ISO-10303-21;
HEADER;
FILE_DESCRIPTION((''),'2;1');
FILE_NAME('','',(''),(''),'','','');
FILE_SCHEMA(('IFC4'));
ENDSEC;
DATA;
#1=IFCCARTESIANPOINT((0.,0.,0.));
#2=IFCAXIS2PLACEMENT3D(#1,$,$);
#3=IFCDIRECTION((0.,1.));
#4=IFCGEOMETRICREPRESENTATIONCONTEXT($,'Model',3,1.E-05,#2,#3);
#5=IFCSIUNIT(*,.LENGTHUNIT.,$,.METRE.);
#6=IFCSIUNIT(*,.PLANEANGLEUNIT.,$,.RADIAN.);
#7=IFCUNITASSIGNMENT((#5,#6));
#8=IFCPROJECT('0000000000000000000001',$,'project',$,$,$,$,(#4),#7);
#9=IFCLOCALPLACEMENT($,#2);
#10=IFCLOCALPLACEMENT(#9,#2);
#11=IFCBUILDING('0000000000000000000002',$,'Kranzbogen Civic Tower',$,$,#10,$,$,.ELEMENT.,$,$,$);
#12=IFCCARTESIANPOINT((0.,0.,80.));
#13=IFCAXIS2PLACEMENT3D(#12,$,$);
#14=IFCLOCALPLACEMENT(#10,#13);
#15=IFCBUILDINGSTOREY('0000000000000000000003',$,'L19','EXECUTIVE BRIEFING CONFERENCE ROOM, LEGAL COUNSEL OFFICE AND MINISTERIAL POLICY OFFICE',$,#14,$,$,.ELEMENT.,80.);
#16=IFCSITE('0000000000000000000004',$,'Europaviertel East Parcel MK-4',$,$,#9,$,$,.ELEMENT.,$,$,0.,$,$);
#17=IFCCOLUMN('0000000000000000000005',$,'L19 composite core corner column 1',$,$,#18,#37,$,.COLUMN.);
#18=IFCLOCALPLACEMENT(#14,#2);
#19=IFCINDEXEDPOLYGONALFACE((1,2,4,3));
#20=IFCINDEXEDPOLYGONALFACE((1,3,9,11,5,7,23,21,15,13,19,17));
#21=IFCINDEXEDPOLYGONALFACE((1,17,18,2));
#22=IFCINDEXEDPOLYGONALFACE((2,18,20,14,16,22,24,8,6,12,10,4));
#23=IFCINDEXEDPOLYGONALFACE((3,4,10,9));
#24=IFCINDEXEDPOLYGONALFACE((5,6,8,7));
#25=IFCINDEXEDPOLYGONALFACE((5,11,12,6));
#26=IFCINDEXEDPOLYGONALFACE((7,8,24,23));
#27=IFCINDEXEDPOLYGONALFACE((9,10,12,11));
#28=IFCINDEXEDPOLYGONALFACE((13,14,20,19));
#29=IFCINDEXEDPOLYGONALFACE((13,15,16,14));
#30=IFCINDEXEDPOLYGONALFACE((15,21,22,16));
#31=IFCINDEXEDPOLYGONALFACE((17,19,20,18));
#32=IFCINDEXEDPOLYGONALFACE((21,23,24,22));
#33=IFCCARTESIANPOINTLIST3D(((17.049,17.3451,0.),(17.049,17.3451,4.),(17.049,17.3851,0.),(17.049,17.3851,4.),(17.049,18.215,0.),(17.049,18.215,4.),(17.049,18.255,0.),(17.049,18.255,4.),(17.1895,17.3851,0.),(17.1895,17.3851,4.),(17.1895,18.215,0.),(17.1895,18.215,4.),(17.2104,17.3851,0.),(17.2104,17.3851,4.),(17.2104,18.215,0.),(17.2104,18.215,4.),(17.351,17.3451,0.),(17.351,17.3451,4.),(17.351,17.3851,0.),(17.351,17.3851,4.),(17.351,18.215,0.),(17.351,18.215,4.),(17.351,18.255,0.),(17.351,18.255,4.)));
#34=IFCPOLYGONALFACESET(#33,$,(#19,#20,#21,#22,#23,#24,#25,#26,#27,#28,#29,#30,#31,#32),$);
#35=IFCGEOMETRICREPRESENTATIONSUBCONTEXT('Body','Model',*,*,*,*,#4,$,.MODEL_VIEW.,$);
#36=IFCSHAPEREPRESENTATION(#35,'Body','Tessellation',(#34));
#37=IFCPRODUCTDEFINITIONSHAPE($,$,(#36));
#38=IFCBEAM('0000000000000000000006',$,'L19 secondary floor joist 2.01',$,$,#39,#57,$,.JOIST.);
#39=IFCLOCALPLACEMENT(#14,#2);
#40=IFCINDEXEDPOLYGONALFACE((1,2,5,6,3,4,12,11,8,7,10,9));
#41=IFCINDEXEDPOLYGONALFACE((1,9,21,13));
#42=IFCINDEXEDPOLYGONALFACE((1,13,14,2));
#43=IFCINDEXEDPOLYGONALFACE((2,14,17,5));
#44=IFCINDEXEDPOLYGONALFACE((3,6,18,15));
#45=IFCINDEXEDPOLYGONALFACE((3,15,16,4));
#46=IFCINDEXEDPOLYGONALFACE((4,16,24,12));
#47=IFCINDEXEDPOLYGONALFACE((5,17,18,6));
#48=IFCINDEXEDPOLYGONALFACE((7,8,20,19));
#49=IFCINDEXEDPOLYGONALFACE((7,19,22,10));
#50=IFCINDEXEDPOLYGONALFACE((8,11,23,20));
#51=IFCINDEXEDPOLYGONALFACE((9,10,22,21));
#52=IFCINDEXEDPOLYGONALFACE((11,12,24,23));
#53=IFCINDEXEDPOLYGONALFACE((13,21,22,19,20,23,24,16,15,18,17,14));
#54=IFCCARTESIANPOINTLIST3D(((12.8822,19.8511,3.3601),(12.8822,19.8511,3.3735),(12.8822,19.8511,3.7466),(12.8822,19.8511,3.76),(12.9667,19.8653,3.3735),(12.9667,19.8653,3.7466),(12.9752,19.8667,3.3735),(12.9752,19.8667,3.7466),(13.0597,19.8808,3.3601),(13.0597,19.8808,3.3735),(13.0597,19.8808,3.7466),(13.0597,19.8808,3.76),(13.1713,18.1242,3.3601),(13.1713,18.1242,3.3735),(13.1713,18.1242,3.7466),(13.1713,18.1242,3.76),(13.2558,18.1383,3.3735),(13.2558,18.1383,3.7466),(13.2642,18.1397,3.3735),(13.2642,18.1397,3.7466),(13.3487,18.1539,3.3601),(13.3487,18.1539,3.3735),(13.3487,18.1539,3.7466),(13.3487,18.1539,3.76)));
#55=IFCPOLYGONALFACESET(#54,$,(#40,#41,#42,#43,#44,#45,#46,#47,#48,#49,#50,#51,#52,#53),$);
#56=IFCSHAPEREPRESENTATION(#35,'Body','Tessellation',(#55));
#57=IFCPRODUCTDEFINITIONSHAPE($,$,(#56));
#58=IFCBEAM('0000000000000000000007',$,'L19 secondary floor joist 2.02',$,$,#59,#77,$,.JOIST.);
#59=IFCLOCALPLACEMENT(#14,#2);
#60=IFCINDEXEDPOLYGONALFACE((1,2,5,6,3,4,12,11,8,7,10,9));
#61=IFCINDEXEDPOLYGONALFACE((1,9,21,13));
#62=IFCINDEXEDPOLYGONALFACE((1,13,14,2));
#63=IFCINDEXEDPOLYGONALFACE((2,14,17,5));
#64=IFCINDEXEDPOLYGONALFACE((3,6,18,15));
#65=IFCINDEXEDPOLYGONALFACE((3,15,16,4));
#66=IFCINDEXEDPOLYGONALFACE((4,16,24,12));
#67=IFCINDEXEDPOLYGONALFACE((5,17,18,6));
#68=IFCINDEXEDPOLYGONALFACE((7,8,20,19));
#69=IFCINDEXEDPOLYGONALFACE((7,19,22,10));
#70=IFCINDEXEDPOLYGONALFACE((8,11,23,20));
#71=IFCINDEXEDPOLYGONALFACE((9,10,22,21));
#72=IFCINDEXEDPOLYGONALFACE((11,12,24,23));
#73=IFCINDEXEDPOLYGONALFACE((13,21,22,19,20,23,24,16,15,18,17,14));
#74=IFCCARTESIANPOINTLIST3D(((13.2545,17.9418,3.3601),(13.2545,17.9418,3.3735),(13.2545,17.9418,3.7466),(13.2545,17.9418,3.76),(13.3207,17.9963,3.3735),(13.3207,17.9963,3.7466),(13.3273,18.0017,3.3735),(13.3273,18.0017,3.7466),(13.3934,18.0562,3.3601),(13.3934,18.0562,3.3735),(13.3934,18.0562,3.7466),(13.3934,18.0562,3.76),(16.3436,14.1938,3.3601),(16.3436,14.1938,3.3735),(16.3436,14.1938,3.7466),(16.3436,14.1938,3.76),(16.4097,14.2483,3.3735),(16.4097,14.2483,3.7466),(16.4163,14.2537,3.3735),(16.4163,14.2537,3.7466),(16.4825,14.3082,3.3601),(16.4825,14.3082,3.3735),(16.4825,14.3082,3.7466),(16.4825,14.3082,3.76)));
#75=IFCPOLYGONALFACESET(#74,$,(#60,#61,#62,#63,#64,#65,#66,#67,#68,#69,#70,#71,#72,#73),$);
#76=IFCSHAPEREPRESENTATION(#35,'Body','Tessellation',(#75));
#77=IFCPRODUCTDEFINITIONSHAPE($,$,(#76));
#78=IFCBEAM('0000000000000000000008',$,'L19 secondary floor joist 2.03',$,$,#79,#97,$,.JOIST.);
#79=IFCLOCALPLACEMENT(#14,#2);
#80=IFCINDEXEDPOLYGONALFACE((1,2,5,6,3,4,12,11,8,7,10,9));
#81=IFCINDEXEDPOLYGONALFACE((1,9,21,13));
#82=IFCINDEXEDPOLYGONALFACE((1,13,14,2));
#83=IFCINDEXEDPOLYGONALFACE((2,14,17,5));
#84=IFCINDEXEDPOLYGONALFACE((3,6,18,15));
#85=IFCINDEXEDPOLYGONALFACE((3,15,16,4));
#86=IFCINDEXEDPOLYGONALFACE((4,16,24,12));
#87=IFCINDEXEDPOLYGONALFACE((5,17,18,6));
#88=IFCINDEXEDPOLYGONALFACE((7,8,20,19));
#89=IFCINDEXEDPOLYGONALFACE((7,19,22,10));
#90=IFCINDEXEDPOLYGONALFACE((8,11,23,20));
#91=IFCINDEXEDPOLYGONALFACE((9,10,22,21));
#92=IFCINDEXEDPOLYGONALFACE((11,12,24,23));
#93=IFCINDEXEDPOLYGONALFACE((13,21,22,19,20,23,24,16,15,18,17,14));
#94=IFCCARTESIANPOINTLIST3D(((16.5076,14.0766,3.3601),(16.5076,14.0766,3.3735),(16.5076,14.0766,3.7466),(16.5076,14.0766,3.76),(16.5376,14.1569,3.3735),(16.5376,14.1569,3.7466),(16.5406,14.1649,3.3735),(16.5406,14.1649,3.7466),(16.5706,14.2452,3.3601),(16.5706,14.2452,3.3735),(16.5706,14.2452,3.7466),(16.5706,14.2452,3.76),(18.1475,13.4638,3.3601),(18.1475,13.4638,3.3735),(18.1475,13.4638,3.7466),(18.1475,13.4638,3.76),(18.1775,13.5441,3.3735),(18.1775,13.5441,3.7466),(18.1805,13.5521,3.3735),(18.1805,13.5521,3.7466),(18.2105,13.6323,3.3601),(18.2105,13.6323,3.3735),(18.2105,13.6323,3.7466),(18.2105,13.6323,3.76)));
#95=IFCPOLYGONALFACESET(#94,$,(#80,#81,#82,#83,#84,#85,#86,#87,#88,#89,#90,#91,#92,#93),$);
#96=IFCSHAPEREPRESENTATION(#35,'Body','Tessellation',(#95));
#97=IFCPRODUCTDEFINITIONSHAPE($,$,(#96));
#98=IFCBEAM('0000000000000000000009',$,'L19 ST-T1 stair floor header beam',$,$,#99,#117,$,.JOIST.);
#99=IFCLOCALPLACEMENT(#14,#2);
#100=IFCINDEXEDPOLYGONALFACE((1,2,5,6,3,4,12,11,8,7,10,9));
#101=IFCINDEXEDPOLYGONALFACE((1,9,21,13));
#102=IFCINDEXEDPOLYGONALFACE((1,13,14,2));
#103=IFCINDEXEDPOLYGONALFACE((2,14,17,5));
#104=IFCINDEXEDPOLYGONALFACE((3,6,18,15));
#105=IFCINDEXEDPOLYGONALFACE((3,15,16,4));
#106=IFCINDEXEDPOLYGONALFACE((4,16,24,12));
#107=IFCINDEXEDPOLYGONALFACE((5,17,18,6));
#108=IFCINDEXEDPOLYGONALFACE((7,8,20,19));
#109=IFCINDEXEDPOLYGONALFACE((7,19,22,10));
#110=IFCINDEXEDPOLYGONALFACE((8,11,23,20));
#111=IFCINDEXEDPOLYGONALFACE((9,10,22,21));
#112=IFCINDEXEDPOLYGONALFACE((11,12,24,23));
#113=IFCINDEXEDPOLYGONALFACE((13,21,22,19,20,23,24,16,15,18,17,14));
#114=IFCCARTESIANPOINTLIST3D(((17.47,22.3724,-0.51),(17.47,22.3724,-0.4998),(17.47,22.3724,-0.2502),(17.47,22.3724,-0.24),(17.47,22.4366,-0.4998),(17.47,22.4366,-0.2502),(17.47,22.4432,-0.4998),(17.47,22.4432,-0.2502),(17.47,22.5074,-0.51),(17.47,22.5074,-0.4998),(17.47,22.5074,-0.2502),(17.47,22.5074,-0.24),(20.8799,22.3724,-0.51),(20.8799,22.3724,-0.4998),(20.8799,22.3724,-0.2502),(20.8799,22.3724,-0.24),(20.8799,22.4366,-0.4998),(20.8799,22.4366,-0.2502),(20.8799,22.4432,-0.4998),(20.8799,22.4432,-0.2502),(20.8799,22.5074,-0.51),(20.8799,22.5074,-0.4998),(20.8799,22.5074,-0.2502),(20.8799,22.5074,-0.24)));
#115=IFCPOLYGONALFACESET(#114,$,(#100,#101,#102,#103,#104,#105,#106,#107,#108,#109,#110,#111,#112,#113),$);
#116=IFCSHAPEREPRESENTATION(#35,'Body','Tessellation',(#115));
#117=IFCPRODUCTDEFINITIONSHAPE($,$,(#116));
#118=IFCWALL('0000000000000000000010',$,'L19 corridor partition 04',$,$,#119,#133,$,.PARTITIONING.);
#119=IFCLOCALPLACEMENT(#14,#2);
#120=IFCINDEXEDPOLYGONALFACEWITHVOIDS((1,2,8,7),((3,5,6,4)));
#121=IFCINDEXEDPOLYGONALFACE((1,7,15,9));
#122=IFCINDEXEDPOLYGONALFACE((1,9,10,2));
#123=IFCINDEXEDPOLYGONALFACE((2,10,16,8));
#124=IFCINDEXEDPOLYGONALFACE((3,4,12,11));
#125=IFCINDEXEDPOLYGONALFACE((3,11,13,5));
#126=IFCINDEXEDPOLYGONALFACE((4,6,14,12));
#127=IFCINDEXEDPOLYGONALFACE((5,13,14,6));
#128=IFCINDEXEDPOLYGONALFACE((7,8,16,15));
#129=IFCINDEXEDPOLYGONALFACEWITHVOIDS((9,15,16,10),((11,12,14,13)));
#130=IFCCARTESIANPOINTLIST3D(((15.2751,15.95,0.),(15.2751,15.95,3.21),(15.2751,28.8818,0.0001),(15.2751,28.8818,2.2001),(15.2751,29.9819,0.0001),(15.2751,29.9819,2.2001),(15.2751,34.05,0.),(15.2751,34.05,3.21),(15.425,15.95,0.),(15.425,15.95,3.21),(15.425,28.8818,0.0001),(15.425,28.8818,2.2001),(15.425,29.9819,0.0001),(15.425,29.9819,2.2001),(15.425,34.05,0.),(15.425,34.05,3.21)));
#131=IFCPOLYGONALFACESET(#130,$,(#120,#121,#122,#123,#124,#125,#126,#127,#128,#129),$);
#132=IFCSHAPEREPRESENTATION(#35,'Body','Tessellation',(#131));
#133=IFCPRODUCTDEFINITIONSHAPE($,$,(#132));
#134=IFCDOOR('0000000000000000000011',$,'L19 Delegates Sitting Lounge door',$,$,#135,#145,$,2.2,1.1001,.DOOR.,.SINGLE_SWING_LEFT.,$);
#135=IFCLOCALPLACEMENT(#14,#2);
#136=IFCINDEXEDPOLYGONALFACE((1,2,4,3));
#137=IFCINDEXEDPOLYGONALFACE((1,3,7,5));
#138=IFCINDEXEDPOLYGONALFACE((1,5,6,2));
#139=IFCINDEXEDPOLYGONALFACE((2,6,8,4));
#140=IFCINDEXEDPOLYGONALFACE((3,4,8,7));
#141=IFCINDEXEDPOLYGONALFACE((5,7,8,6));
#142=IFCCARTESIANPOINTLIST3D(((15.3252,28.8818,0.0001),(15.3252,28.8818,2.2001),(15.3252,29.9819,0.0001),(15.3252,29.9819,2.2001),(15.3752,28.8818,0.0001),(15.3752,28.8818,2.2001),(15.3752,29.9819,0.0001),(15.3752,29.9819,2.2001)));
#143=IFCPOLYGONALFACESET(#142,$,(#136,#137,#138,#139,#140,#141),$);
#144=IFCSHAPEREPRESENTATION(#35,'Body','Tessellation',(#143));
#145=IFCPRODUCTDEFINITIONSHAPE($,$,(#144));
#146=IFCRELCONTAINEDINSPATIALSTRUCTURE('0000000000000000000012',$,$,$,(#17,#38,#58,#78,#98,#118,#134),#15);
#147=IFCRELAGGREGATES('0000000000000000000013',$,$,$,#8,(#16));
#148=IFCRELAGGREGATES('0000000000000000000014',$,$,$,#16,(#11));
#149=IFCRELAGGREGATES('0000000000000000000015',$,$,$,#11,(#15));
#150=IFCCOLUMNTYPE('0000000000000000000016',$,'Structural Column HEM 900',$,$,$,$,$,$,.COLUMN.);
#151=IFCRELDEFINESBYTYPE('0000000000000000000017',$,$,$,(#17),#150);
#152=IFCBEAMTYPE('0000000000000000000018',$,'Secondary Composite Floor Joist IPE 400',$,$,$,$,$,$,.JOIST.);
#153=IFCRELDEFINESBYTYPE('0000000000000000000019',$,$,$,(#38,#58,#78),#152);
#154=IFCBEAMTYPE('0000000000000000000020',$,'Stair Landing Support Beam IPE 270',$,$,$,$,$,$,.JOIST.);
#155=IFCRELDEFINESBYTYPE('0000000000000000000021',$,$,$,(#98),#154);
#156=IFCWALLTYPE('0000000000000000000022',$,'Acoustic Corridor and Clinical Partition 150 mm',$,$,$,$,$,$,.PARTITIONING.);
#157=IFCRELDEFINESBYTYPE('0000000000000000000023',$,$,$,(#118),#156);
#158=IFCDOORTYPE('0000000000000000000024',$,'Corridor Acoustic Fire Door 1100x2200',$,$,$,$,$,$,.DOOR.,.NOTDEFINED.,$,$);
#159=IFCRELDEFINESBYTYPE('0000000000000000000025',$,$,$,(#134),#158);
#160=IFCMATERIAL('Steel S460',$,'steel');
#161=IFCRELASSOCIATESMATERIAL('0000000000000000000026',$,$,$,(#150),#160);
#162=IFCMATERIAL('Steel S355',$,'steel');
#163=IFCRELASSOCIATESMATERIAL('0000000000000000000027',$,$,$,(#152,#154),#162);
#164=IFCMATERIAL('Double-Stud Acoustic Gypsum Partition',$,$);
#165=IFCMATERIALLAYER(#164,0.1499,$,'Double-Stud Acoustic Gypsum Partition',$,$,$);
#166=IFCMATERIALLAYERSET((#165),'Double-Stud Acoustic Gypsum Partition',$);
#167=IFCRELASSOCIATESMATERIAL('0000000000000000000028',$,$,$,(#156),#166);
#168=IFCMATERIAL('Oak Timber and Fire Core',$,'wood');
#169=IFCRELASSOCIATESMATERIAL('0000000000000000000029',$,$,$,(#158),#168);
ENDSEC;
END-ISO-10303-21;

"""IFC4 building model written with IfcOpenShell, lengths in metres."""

from ifc_helpers import new_model, si_unit, direction, frame, frame_2d, origin, origin_2d, place, context, subcontext, project, spatial, rectangle, i_section, extrude, material, layer, layer_set, material_profile, profile_set, type_object, element, fill, save


model = new_model("IFC4")

# Units and contexts
model_context = context("Model", 3, precision=1e-05, world=origin(), true_north=direction((0.0, 1.0)))
body_context = subcontext(model_context, "Body", "Model", "MODEL_VIEW")
ifc_project = project(units=[si_unit("LENGTHUNIT", "METRE"), si_unit("PLANEANGLEUNIT", "RADIAN")], contexts=[model_context])

# Site, building, storey
site_placement = place(None, origin())
site = spatial("IfcSite", under=ifc_project, at=site_placement, Name="Europaviertel East Parcel MK-4", CompositionType="ELEMENT", RefElevation=0.0)
building_placement = place(site_placement, origin())
building = spatial("IfcBuilding", under=site, at=building_placement, Name="Kranzbogen Civic Tower", CompositionType="ELEMENT")
storey_placement = place(building_placement, frame((0.0, 0.0, 80.0)))
storey = spatial("IfcBuildingStorey", under=building, at=storey_placement, Name="L19", Description="EXECUTIVE BRIEFING CONFERENCE ROOM, LEGAL COUNSEL OFFICE AND MINISTERIAL POLICY OFFICE", CompositionType="ELEMENT", Elevation=80.0)

# Column
ifc_material_1 = material(Name="Steel S460", Category="steel")
ifc_material_profile_1 = material_profile(ifc_material_1, i_section(OverallWidth=0.302, OverallDepth=0.9099, WebThickness=0.021, FlangeThickness=0.04, at=origin_2d()), Name="HEM 900")
ifc_profile_set_1 = profile_set([ifc_material_profile_1], Name="Steel S460")
column_type = type_object("IfcColumnType", Name="Structural Column HEM 900", PredefinedType="COLUMN", material=ifc_profile_set_1)
column_placement = place(storey_placement, frame((17.2, 17.8, 0.0), z_axis=(0.0, 0.0, 1.0), x_axis=(1.0, 0.0, 0.0)))
element("IfcColumn", 1, at=column_placement, inside=storey, type_object=column_type, Name="L19 composite core corner column 1", PredefinedType="COLUMN", context=body_context, shape_type="SweptSolid", body=[
    extrude(i_section(OverallWidth=0.302, OverallDepth=0.9099, WebThickness=0.021, FlangeThickness=0.04, at=origin_2d()), origin(), (0.0, 0.0, 1.0), 4.0),
])

# Beams
ifc_material_2 = material(Name="Steel S355", Category="steel")
ifc_material_profile_2 = material_profile(ifc_material_2, i_section(OverallWidth=0.1799, OverallDepth=0.3999, WebThickness=0.0085, FlangeThickness=0.0134, at=origin_2d()), Name="IPE 400")
ifc_profile_set_2 = profile_set([ifc_material_profile_2], Name="Steel S355")
beam_type_1 = type_object("IfcBeamType", Name="Secondary Composite Floor Joist IPE 400", PredefinedType="JOIST", material=ifc_profile_set_2)
beam_1_placement = place(storey_placement, frame((12.9709, 19.866, 3.5601), z_axis=(0.165077, -0.986281, 0.0), x_axis=(0.986281, 0.165077, 0.0)))
element("IfcBeam", 2, at=beam_1_placement, inside=storey, type_object=beam_type_1, Name="L19 secondary floor joist 2.01", PredefinedType="JOIST", context=body_context, shape_type="SweptSolid", body=[
    extrude(i_section(OverallWidth=0.1799, OverallDepth=0.3999, WebThickness=0.0085, FlangeThickness=0.0134, at=origin_2d()), origin(), (0.0, 0.0, 1.0), 1.751),
])
beam_2_placement = place(storey_placement, frame((13.324, 17.999, 3.5601), z_axis=(0.636012, -0.771679, 0.0), x_axis=(0.771679, 0.636012, 0.0)))
element("IfcBeam", 3, at=beam_2_placement, inside=storey, type_object=beam_type_1, Name="L19 secondary floor joist 2.02", PredefinedType="JOIST", context=body_context, shape_type="SweptSolid", body=[
    extrude(i_section(OverallWidth=0.1799, OverallDepth=0.3999, WebThickness=0.0085, FlangeThickness=0.0134, at=origin_2d()), origin(), (0.0, 0.0, 1.0), 4.8569),
])
beam_3_placement = place(storey_placement, frame((16.5391, 14.1609, 3.5601), z_axis=(0.936735, -0.350038, 0.0), x_axis=(0.350038, 0.936735, 0.0)))
element("IfcBeam", 4, at=beam_3_placement, inside=storey, type_object=beam_type_1, Name="L19 secondary floor joist 2.03", PredefinedType="JOIST", context=body_context, shape_type="SweptSolid", body=[
    extrude(i_section(OverallWidth=0.1799, OverallDepth=0.3999, WebThickness=0.0085, FlangeThickness=0.0134, at=origin_2d()), origin(), (0.0, 0.0, 1.0), 1.7507),
])
ifc_material_profile_3 = material_profile(ifc_material_2, i_section(OverallWidth=0.135, OverallDepth=0.27, WebThickness=0.0066, FlangeThickness=0.0103, at=origin_2d()), Name="IPE 270")
ifc_profile_set_3 = profile_set([ifc_material_profile_3], Name="Steel S355")
beam_type_2 = type_object("IfcBeamType", Name="Stair Landing Support Beam IPE 270", PredefinedType="JOIST", material=ifc_profile_set_3)
beam_4_placement = place(storey_placement, frame((20.8799, 22.4399, -0.375), z_axis=(-1.0, 0.0, 0.0), x_axis=(0.0, -1.0, 0.0)))
element("IfcBeam", 5, at=beam_4_placement, inside=storey, type_object=beam_type_2, Name="L19 ST-T1 stair floor header beam", PredefinedType="JOIST", context=body_context, shape_type="SweptSolid", body=[
    extrude(i_section(OverallWidth=0.135, OverallDepth=0.27, WebThickness=0.0066, FlangeThickness=0.0103, at=origin_2d()), origin(), (0.0, 0.0, 1.0), 3.4099),
])

# Wall, opening, door
ifc_material_3 = material(Name="Double-Stud Acoustic Gypsum Partition")
ifc_layer_1 = layer(ifc_material_3, 0.1499, Name="Double-Stud Acoustic Gypsum Partition")
ifc_layer_set_1 = layer_set([ifc_layer_1], Name="Double-Stud Acoustic Gypsum Partition")
wall_type_1 = type_object("IfcWallType", Name="Acoustic Corridor and Clinical Partition 150 mm", PredefinedType="PARTITIONING", material=ifc_layer_set_1)
wall_1_placement = place(storey_placement, frame((15.3501, 15.95, 0.0), z_axis=(0.0, 0.0, 1.0), x_axis=(0.0, 1.0, 0.0)))
wall_1 = element("IfcWall", 6, at=wall_1_placement, inside=storey, type_object=wall_type_1, Name="L19 corridor partition 04", PredefinedType="PARTITIONING", context=body_context, shape_type="SweptSolid", body=[
    extrude(rectangle(XDim=18.1001, YDim=0.1499, at=frame_2d((9.05, 0.0))), origin(), (0.0, 0.0, 1.0), 3.21),
])
opening_1_placement = place(wall_1_placement, frame((12.9319, 0.0, 0.0)))
opening_1 = element("IfcOpeningElement", 7, at=opening_1_placement, cuts=wall_1, PredefinedType="OPENING", context=body_context, shape_type="SweptSolid", body=[
    extrude(rectangle(XDim=1.1001, YDim=2.2, at=frame_2d((0.55, 1.1001))), frame((0.0, 0.085, 0.0), z_axis=(0.0, -1.0, 0.0), x_axis=(1.0, 0.0, 0.0)), (0.0, 0.0, 1.0), 0.1699),
])
ifc_material_4 = material(Name="Oak Timber and Fire Core", Category="wood")
door_type_1 = type_object("IfcDoorType", Name="Corridor Acoustic Fire Door 1100x2200", OperationType="NOTDEFINED", PredefinedType="DOOR", material=ifc_material_4)
door_1_placement = place(opening_1_placement, origin())
door_1 = element("IfcDoor", 8, at=door_1_placement, inside=storey, type_object=door_type_1, Name="L19 Delegates Sitting Lounge door", OperationType="SINGLE_SWING_LEFT", OverallHeight=2.2, OverallWidth=1.1001, PredefinedType="DOOR", context=body_context, shape_type="SweptSolid", body=[
    extrude(rectangle(XDim=1.1001, YDim=2.2, at=frame_2d((0.55, 1.1001))), frame((0.0, 0.0249, 0.0), z_axis=(0.0, -1.0, 0.0), x_axis=(1.0, 0.0, 0.0)), (0.0, 0.0, 1.0), 0.05),
])
fill(opening_1, door_1)

save(model, "model.ifc")
